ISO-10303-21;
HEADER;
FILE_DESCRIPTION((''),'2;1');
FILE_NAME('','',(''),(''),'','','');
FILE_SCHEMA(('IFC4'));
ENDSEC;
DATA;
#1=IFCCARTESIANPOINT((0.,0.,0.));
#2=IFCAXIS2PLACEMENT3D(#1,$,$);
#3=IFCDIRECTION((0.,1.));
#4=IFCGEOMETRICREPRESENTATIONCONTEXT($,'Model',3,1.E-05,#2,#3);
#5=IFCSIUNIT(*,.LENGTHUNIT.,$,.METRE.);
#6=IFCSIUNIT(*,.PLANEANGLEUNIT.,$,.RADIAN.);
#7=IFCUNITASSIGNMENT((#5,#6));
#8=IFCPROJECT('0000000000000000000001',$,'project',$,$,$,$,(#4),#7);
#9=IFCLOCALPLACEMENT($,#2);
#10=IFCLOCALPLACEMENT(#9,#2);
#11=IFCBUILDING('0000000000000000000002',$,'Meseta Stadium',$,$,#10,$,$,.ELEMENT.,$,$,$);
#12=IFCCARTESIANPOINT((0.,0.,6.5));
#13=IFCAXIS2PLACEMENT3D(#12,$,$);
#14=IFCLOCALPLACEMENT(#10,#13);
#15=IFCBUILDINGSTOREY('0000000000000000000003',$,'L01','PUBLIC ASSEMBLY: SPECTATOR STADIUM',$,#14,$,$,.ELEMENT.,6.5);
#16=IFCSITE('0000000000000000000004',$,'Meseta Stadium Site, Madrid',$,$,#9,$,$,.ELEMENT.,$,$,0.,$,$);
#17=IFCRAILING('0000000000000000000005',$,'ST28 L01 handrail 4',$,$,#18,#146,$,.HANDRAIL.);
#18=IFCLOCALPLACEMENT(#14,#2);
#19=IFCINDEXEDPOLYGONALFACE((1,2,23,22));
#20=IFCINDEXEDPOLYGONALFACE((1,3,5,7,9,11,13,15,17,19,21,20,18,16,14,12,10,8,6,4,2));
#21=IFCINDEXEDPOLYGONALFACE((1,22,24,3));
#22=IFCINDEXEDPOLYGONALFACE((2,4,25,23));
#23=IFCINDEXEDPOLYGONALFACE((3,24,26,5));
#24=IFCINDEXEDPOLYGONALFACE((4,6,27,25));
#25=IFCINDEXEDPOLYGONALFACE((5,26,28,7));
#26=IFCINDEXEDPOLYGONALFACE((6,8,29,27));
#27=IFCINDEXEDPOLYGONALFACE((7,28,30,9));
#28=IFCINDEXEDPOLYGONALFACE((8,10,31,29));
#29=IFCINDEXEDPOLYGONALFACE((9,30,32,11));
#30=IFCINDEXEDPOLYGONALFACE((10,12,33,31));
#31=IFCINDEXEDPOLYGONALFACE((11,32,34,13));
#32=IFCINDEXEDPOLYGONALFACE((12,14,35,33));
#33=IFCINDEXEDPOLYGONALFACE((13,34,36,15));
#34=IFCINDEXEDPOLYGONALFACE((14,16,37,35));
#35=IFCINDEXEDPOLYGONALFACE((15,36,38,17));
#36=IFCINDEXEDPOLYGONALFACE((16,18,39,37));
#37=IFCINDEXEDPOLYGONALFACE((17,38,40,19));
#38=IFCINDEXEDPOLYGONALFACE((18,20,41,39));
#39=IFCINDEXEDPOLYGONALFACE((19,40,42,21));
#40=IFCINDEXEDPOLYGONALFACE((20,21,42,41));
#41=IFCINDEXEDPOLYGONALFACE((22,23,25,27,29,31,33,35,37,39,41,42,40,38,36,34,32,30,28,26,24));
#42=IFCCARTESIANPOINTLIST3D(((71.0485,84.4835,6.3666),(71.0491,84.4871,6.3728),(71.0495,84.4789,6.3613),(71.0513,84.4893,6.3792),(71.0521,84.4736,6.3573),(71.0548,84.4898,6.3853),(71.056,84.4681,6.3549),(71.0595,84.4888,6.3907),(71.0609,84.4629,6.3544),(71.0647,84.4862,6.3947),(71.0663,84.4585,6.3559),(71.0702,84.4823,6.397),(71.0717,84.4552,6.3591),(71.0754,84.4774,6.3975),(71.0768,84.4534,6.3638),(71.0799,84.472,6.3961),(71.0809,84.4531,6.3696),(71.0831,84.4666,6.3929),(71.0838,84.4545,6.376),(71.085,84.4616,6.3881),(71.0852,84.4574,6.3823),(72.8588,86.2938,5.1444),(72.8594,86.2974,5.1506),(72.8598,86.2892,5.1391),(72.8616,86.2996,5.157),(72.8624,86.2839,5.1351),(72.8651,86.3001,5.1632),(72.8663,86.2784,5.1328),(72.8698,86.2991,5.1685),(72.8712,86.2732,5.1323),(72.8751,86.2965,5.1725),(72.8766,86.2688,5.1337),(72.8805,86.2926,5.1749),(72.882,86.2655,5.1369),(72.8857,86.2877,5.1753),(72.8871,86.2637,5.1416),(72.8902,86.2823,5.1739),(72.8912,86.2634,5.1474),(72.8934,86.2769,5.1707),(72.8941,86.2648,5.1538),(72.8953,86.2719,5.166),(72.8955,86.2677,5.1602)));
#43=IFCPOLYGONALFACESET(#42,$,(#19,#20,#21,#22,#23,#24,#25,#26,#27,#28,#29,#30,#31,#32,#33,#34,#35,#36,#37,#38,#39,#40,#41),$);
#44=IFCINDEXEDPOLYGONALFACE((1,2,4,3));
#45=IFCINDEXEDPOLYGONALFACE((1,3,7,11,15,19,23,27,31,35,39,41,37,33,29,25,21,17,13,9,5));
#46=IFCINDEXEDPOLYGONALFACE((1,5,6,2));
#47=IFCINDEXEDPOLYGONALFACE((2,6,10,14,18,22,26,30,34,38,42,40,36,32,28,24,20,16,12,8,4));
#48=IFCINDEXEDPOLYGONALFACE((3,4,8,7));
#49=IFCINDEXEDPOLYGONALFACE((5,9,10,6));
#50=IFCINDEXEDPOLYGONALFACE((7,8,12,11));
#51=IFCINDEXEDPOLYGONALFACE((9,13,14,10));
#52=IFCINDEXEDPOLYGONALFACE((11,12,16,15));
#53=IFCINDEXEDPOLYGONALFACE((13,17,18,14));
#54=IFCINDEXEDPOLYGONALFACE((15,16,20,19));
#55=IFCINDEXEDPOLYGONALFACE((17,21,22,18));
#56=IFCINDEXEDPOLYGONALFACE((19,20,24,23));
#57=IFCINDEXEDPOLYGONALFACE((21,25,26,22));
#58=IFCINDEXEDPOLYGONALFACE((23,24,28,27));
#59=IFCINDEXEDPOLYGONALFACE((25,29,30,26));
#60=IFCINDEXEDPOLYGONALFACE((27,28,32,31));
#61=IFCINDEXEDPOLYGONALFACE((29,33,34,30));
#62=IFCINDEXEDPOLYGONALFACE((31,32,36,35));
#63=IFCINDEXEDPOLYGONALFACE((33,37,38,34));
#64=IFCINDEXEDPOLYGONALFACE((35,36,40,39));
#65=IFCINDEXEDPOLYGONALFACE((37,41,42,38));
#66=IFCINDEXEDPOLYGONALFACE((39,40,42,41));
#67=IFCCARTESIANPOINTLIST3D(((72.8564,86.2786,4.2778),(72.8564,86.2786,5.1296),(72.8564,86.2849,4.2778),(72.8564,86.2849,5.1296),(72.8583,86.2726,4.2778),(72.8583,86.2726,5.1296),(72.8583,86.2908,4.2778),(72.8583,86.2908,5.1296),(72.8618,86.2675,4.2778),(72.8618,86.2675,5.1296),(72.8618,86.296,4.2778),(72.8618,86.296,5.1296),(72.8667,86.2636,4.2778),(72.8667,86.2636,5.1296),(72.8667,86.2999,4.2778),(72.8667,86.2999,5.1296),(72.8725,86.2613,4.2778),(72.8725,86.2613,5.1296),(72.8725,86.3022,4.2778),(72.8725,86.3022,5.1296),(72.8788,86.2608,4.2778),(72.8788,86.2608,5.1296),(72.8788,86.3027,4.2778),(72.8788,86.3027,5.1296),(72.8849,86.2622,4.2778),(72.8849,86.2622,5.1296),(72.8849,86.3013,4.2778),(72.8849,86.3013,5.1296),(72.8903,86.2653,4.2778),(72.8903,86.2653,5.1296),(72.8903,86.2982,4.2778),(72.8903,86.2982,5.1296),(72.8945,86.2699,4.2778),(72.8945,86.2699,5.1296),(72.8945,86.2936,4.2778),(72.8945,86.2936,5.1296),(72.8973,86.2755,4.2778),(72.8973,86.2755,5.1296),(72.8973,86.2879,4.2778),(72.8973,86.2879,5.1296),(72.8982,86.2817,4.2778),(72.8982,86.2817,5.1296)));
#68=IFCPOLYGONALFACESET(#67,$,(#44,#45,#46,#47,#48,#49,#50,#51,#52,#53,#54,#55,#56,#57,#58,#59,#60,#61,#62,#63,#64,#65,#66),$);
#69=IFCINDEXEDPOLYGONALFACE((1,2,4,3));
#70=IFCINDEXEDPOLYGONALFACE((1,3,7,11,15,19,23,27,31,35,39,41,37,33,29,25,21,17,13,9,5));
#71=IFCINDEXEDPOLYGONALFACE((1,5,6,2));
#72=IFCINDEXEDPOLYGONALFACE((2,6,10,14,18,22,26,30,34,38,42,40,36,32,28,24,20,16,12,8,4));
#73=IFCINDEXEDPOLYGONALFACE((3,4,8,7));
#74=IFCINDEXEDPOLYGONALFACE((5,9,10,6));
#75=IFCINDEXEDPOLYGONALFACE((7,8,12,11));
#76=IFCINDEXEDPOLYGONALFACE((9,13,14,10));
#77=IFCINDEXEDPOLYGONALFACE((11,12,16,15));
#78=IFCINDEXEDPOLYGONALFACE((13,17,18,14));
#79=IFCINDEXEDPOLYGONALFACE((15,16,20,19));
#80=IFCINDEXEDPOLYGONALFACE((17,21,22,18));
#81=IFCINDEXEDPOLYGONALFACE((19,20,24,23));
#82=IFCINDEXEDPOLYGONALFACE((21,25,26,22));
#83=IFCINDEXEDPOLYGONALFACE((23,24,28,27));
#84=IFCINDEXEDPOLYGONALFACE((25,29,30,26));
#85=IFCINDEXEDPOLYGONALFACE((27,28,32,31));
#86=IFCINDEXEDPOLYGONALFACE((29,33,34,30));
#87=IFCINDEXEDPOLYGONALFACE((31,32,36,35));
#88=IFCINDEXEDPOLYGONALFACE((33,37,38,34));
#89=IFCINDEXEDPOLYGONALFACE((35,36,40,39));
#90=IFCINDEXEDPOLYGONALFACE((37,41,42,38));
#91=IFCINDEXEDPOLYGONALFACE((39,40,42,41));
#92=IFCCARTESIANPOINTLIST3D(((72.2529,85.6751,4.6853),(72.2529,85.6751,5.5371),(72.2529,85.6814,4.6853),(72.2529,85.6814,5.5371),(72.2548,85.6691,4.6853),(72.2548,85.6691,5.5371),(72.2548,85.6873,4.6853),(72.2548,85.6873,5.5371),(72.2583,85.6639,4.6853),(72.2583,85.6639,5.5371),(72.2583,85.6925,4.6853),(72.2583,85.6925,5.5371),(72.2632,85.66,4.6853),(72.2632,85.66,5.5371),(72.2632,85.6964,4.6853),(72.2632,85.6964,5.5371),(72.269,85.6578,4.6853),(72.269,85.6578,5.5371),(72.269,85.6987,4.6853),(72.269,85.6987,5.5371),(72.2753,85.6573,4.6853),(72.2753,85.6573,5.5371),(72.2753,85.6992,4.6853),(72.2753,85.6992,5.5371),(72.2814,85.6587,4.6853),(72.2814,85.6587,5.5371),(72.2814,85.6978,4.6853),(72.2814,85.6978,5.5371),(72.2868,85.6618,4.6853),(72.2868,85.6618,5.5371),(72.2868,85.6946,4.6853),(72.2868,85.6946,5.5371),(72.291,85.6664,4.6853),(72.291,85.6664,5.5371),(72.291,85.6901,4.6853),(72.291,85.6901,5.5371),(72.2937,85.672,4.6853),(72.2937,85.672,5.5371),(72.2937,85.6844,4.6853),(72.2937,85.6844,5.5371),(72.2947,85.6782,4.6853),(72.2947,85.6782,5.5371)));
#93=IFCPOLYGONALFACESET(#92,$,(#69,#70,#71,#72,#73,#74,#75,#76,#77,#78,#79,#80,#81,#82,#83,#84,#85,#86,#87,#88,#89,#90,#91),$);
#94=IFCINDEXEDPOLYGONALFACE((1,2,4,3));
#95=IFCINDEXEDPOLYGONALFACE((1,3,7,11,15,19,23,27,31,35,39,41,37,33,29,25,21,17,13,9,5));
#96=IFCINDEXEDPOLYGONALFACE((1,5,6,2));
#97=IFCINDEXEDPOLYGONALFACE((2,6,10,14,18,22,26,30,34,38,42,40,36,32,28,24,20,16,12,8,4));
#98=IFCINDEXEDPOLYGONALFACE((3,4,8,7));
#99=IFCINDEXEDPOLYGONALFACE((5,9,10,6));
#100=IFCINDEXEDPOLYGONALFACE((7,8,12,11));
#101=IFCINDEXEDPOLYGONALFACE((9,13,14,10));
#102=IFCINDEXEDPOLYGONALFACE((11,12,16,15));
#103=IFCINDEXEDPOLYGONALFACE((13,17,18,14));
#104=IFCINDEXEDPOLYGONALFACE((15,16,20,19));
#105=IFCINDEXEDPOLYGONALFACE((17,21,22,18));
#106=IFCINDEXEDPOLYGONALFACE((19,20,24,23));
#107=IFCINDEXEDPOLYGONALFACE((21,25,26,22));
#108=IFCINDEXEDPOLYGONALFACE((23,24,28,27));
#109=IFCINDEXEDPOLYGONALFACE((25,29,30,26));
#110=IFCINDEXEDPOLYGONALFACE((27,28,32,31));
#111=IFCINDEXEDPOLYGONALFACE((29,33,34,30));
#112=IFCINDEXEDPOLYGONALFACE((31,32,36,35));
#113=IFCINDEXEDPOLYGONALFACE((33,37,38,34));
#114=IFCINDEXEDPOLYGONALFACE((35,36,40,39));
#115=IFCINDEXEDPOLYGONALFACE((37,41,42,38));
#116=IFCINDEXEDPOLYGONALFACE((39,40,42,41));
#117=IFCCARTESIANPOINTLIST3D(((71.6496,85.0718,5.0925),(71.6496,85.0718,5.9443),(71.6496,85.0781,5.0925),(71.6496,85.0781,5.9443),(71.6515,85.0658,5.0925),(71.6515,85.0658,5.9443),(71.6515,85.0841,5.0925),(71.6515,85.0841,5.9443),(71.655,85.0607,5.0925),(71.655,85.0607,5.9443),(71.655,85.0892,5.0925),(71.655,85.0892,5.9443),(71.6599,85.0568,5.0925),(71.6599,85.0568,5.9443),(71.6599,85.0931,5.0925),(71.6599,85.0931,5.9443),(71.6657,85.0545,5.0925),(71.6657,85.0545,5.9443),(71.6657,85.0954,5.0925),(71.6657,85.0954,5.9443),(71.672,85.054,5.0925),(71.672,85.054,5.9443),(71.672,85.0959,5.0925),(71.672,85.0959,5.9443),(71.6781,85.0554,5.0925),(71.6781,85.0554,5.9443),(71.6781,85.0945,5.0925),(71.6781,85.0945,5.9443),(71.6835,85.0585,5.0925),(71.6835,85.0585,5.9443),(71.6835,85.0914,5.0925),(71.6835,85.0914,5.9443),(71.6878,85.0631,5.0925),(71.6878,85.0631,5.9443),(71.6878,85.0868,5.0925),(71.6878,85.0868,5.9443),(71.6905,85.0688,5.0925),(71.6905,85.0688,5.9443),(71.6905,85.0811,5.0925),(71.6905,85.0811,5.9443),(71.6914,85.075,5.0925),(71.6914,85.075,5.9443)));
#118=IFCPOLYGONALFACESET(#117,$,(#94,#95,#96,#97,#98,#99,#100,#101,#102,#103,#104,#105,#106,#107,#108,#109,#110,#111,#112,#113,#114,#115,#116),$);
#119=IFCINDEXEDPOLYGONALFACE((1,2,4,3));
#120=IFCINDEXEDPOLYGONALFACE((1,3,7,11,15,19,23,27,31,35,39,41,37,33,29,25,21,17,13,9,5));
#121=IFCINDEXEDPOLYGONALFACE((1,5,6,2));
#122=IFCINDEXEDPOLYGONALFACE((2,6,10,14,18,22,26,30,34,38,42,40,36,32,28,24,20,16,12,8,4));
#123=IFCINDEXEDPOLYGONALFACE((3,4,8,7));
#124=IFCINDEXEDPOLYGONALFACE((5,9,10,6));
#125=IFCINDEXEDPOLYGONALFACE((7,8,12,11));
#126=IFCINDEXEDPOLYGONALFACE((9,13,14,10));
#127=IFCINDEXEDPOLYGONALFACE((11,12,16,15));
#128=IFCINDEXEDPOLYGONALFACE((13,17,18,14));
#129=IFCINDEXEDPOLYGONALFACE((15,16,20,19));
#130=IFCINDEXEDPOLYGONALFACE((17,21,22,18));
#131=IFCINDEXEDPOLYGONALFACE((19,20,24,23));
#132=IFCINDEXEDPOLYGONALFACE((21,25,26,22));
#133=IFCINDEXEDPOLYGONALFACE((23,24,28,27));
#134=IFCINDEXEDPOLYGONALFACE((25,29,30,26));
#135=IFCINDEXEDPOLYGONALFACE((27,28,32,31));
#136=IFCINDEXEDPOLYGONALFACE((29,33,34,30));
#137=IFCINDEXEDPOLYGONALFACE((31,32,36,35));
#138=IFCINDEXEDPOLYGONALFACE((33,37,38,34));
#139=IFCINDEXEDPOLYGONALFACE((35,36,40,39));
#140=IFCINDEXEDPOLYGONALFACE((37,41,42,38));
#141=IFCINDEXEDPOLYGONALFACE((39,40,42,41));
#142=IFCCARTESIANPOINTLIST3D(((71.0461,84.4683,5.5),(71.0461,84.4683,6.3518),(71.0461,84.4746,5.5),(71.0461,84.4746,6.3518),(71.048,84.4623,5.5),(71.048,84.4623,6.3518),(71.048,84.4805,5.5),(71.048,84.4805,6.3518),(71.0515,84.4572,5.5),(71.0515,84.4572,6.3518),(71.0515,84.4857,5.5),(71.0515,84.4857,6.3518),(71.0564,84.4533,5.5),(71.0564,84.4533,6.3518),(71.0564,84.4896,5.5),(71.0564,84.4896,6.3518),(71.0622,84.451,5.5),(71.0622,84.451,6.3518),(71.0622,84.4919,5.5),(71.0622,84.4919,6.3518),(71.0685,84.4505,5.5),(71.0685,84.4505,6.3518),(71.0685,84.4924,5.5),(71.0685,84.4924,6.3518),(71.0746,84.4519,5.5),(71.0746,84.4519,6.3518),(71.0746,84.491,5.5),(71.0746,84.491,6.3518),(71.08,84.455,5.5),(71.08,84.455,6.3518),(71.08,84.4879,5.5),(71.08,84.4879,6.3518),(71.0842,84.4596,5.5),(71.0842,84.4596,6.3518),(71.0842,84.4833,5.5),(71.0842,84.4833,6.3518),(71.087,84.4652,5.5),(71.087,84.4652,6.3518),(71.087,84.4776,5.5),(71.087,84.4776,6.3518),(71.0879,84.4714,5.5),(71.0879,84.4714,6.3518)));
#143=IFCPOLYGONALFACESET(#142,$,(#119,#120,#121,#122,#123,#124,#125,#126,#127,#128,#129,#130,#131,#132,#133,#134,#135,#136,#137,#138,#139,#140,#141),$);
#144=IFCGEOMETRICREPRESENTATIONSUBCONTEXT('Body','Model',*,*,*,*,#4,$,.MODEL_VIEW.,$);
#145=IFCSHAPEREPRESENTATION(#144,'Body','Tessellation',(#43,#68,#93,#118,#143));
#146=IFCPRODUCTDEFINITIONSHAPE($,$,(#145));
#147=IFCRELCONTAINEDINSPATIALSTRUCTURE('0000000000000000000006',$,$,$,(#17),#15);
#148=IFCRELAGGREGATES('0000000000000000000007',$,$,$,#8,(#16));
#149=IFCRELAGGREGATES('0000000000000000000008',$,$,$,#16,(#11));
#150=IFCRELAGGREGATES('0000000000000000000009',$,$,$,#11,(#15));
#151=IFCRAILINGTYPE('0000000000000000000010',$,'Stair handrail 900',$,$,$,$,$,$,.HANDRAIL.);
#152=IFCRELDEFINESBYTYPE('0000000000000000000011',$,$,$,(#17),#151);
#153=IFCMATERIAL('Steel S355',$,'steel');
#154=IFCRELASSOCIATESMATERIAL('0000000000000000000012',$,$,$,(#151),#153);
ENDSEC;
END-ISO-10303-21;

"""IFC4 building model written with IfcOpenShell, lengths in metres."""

from ifc_helpers import new_model, si_unit, direction, frame, origin, origin_2d, place, context, subcontext, project, spatial, circle, extrude, material, type_object, element, save


model = new_model("IFC4")

# Units and contexts
model_context = context("Model", 3, precision=1e-05, world=origin(), true_north=direction((0.0, 1.0)))
body_context = subcontext(model_context, "Body", "Model", "MODEL_VIEW")
ifc_project = project(units=[si_unit("LENGTHUNIT", "METRE"), si_unit("PLANEANGLEUNIT", "RADIAN")], contexts=[model_context])

# Site, building, storey
site_placement = place(None, origin())
site = spatial("IfcSite", under=ifc_project, at=site_placement, Name="Meseta Stadium Site, Madrid", CompositionType="ELEMENT", RefElevation=0.0)
building_placement = place(site_placement, origin())
building = spatial("IfcBuilding", under=site, at=building_placement, Name="Meseta Stadium", CompositionType="ELEMENT")
storey_placement = place(building_placement, frame((0.0, 0.0, 6.5)))
storey = spatial("IfcBuildingStorey", under=building, at=storey_placement, Name="L01", Description="PUBLIC ASSEMBLY: SPECTATOR STADIUM", CompositionType="ELEMENT", Elevation=6.5)

# Railing
ifc_material_1 = material(Name="Steel S355", Category="steel")
railing_type_1 = type_object("IfcRailingType", Name="Stair handrail 900", PredefinedType="HANDRAIL", material=ifc_material_1)
for number, where, name in (
    (1, (72.8772, 86.2817, 4.2778), "ST28 L01 handrail 4"),
):
    element("IfcRailing", number, at=place(storey_placement, frame(where)), inside=storey, type_object=railing_type_1, Name=name, PredefinedType="HANDRAIL", context=body_context, shape_type="SweptSolid", body=[
        extrude(circle(Radius=0.0239, at=origin_2d()), frame((0.0, 0.0, 0.876), z_axis=(-0.638124, -0.638124, 0.430809), x_axis=(0.707107, -0.707107, 0.0)), (0.0, 0.0, 1.0), 2.8369),
        extrude(circle(Radius=0.021, at=origin_2d()), origin(), (0.0, 0.0, 1.0), 0.8518),
        extrude(circle(Radius=0.021, at=origin_2d()), frame((-0.6035, -0.6035, 0.4075)), (0.0, 0.0, 1.0), 0.8518),
        extrude(circle(Radius=0.021, at=origin_2d()), frame((-1.2068, -1.2068, 0.8147)), (0.0, 0.0, 1.0), 0.8518),
        extrude(circle(Radius=0.021, at=origin_2d()), frame((-1.8103, -1.8103, 1.2222)), (0.0, 0.0, 1.0), 0.8518),
    ])

save(model, "model.ifc")
